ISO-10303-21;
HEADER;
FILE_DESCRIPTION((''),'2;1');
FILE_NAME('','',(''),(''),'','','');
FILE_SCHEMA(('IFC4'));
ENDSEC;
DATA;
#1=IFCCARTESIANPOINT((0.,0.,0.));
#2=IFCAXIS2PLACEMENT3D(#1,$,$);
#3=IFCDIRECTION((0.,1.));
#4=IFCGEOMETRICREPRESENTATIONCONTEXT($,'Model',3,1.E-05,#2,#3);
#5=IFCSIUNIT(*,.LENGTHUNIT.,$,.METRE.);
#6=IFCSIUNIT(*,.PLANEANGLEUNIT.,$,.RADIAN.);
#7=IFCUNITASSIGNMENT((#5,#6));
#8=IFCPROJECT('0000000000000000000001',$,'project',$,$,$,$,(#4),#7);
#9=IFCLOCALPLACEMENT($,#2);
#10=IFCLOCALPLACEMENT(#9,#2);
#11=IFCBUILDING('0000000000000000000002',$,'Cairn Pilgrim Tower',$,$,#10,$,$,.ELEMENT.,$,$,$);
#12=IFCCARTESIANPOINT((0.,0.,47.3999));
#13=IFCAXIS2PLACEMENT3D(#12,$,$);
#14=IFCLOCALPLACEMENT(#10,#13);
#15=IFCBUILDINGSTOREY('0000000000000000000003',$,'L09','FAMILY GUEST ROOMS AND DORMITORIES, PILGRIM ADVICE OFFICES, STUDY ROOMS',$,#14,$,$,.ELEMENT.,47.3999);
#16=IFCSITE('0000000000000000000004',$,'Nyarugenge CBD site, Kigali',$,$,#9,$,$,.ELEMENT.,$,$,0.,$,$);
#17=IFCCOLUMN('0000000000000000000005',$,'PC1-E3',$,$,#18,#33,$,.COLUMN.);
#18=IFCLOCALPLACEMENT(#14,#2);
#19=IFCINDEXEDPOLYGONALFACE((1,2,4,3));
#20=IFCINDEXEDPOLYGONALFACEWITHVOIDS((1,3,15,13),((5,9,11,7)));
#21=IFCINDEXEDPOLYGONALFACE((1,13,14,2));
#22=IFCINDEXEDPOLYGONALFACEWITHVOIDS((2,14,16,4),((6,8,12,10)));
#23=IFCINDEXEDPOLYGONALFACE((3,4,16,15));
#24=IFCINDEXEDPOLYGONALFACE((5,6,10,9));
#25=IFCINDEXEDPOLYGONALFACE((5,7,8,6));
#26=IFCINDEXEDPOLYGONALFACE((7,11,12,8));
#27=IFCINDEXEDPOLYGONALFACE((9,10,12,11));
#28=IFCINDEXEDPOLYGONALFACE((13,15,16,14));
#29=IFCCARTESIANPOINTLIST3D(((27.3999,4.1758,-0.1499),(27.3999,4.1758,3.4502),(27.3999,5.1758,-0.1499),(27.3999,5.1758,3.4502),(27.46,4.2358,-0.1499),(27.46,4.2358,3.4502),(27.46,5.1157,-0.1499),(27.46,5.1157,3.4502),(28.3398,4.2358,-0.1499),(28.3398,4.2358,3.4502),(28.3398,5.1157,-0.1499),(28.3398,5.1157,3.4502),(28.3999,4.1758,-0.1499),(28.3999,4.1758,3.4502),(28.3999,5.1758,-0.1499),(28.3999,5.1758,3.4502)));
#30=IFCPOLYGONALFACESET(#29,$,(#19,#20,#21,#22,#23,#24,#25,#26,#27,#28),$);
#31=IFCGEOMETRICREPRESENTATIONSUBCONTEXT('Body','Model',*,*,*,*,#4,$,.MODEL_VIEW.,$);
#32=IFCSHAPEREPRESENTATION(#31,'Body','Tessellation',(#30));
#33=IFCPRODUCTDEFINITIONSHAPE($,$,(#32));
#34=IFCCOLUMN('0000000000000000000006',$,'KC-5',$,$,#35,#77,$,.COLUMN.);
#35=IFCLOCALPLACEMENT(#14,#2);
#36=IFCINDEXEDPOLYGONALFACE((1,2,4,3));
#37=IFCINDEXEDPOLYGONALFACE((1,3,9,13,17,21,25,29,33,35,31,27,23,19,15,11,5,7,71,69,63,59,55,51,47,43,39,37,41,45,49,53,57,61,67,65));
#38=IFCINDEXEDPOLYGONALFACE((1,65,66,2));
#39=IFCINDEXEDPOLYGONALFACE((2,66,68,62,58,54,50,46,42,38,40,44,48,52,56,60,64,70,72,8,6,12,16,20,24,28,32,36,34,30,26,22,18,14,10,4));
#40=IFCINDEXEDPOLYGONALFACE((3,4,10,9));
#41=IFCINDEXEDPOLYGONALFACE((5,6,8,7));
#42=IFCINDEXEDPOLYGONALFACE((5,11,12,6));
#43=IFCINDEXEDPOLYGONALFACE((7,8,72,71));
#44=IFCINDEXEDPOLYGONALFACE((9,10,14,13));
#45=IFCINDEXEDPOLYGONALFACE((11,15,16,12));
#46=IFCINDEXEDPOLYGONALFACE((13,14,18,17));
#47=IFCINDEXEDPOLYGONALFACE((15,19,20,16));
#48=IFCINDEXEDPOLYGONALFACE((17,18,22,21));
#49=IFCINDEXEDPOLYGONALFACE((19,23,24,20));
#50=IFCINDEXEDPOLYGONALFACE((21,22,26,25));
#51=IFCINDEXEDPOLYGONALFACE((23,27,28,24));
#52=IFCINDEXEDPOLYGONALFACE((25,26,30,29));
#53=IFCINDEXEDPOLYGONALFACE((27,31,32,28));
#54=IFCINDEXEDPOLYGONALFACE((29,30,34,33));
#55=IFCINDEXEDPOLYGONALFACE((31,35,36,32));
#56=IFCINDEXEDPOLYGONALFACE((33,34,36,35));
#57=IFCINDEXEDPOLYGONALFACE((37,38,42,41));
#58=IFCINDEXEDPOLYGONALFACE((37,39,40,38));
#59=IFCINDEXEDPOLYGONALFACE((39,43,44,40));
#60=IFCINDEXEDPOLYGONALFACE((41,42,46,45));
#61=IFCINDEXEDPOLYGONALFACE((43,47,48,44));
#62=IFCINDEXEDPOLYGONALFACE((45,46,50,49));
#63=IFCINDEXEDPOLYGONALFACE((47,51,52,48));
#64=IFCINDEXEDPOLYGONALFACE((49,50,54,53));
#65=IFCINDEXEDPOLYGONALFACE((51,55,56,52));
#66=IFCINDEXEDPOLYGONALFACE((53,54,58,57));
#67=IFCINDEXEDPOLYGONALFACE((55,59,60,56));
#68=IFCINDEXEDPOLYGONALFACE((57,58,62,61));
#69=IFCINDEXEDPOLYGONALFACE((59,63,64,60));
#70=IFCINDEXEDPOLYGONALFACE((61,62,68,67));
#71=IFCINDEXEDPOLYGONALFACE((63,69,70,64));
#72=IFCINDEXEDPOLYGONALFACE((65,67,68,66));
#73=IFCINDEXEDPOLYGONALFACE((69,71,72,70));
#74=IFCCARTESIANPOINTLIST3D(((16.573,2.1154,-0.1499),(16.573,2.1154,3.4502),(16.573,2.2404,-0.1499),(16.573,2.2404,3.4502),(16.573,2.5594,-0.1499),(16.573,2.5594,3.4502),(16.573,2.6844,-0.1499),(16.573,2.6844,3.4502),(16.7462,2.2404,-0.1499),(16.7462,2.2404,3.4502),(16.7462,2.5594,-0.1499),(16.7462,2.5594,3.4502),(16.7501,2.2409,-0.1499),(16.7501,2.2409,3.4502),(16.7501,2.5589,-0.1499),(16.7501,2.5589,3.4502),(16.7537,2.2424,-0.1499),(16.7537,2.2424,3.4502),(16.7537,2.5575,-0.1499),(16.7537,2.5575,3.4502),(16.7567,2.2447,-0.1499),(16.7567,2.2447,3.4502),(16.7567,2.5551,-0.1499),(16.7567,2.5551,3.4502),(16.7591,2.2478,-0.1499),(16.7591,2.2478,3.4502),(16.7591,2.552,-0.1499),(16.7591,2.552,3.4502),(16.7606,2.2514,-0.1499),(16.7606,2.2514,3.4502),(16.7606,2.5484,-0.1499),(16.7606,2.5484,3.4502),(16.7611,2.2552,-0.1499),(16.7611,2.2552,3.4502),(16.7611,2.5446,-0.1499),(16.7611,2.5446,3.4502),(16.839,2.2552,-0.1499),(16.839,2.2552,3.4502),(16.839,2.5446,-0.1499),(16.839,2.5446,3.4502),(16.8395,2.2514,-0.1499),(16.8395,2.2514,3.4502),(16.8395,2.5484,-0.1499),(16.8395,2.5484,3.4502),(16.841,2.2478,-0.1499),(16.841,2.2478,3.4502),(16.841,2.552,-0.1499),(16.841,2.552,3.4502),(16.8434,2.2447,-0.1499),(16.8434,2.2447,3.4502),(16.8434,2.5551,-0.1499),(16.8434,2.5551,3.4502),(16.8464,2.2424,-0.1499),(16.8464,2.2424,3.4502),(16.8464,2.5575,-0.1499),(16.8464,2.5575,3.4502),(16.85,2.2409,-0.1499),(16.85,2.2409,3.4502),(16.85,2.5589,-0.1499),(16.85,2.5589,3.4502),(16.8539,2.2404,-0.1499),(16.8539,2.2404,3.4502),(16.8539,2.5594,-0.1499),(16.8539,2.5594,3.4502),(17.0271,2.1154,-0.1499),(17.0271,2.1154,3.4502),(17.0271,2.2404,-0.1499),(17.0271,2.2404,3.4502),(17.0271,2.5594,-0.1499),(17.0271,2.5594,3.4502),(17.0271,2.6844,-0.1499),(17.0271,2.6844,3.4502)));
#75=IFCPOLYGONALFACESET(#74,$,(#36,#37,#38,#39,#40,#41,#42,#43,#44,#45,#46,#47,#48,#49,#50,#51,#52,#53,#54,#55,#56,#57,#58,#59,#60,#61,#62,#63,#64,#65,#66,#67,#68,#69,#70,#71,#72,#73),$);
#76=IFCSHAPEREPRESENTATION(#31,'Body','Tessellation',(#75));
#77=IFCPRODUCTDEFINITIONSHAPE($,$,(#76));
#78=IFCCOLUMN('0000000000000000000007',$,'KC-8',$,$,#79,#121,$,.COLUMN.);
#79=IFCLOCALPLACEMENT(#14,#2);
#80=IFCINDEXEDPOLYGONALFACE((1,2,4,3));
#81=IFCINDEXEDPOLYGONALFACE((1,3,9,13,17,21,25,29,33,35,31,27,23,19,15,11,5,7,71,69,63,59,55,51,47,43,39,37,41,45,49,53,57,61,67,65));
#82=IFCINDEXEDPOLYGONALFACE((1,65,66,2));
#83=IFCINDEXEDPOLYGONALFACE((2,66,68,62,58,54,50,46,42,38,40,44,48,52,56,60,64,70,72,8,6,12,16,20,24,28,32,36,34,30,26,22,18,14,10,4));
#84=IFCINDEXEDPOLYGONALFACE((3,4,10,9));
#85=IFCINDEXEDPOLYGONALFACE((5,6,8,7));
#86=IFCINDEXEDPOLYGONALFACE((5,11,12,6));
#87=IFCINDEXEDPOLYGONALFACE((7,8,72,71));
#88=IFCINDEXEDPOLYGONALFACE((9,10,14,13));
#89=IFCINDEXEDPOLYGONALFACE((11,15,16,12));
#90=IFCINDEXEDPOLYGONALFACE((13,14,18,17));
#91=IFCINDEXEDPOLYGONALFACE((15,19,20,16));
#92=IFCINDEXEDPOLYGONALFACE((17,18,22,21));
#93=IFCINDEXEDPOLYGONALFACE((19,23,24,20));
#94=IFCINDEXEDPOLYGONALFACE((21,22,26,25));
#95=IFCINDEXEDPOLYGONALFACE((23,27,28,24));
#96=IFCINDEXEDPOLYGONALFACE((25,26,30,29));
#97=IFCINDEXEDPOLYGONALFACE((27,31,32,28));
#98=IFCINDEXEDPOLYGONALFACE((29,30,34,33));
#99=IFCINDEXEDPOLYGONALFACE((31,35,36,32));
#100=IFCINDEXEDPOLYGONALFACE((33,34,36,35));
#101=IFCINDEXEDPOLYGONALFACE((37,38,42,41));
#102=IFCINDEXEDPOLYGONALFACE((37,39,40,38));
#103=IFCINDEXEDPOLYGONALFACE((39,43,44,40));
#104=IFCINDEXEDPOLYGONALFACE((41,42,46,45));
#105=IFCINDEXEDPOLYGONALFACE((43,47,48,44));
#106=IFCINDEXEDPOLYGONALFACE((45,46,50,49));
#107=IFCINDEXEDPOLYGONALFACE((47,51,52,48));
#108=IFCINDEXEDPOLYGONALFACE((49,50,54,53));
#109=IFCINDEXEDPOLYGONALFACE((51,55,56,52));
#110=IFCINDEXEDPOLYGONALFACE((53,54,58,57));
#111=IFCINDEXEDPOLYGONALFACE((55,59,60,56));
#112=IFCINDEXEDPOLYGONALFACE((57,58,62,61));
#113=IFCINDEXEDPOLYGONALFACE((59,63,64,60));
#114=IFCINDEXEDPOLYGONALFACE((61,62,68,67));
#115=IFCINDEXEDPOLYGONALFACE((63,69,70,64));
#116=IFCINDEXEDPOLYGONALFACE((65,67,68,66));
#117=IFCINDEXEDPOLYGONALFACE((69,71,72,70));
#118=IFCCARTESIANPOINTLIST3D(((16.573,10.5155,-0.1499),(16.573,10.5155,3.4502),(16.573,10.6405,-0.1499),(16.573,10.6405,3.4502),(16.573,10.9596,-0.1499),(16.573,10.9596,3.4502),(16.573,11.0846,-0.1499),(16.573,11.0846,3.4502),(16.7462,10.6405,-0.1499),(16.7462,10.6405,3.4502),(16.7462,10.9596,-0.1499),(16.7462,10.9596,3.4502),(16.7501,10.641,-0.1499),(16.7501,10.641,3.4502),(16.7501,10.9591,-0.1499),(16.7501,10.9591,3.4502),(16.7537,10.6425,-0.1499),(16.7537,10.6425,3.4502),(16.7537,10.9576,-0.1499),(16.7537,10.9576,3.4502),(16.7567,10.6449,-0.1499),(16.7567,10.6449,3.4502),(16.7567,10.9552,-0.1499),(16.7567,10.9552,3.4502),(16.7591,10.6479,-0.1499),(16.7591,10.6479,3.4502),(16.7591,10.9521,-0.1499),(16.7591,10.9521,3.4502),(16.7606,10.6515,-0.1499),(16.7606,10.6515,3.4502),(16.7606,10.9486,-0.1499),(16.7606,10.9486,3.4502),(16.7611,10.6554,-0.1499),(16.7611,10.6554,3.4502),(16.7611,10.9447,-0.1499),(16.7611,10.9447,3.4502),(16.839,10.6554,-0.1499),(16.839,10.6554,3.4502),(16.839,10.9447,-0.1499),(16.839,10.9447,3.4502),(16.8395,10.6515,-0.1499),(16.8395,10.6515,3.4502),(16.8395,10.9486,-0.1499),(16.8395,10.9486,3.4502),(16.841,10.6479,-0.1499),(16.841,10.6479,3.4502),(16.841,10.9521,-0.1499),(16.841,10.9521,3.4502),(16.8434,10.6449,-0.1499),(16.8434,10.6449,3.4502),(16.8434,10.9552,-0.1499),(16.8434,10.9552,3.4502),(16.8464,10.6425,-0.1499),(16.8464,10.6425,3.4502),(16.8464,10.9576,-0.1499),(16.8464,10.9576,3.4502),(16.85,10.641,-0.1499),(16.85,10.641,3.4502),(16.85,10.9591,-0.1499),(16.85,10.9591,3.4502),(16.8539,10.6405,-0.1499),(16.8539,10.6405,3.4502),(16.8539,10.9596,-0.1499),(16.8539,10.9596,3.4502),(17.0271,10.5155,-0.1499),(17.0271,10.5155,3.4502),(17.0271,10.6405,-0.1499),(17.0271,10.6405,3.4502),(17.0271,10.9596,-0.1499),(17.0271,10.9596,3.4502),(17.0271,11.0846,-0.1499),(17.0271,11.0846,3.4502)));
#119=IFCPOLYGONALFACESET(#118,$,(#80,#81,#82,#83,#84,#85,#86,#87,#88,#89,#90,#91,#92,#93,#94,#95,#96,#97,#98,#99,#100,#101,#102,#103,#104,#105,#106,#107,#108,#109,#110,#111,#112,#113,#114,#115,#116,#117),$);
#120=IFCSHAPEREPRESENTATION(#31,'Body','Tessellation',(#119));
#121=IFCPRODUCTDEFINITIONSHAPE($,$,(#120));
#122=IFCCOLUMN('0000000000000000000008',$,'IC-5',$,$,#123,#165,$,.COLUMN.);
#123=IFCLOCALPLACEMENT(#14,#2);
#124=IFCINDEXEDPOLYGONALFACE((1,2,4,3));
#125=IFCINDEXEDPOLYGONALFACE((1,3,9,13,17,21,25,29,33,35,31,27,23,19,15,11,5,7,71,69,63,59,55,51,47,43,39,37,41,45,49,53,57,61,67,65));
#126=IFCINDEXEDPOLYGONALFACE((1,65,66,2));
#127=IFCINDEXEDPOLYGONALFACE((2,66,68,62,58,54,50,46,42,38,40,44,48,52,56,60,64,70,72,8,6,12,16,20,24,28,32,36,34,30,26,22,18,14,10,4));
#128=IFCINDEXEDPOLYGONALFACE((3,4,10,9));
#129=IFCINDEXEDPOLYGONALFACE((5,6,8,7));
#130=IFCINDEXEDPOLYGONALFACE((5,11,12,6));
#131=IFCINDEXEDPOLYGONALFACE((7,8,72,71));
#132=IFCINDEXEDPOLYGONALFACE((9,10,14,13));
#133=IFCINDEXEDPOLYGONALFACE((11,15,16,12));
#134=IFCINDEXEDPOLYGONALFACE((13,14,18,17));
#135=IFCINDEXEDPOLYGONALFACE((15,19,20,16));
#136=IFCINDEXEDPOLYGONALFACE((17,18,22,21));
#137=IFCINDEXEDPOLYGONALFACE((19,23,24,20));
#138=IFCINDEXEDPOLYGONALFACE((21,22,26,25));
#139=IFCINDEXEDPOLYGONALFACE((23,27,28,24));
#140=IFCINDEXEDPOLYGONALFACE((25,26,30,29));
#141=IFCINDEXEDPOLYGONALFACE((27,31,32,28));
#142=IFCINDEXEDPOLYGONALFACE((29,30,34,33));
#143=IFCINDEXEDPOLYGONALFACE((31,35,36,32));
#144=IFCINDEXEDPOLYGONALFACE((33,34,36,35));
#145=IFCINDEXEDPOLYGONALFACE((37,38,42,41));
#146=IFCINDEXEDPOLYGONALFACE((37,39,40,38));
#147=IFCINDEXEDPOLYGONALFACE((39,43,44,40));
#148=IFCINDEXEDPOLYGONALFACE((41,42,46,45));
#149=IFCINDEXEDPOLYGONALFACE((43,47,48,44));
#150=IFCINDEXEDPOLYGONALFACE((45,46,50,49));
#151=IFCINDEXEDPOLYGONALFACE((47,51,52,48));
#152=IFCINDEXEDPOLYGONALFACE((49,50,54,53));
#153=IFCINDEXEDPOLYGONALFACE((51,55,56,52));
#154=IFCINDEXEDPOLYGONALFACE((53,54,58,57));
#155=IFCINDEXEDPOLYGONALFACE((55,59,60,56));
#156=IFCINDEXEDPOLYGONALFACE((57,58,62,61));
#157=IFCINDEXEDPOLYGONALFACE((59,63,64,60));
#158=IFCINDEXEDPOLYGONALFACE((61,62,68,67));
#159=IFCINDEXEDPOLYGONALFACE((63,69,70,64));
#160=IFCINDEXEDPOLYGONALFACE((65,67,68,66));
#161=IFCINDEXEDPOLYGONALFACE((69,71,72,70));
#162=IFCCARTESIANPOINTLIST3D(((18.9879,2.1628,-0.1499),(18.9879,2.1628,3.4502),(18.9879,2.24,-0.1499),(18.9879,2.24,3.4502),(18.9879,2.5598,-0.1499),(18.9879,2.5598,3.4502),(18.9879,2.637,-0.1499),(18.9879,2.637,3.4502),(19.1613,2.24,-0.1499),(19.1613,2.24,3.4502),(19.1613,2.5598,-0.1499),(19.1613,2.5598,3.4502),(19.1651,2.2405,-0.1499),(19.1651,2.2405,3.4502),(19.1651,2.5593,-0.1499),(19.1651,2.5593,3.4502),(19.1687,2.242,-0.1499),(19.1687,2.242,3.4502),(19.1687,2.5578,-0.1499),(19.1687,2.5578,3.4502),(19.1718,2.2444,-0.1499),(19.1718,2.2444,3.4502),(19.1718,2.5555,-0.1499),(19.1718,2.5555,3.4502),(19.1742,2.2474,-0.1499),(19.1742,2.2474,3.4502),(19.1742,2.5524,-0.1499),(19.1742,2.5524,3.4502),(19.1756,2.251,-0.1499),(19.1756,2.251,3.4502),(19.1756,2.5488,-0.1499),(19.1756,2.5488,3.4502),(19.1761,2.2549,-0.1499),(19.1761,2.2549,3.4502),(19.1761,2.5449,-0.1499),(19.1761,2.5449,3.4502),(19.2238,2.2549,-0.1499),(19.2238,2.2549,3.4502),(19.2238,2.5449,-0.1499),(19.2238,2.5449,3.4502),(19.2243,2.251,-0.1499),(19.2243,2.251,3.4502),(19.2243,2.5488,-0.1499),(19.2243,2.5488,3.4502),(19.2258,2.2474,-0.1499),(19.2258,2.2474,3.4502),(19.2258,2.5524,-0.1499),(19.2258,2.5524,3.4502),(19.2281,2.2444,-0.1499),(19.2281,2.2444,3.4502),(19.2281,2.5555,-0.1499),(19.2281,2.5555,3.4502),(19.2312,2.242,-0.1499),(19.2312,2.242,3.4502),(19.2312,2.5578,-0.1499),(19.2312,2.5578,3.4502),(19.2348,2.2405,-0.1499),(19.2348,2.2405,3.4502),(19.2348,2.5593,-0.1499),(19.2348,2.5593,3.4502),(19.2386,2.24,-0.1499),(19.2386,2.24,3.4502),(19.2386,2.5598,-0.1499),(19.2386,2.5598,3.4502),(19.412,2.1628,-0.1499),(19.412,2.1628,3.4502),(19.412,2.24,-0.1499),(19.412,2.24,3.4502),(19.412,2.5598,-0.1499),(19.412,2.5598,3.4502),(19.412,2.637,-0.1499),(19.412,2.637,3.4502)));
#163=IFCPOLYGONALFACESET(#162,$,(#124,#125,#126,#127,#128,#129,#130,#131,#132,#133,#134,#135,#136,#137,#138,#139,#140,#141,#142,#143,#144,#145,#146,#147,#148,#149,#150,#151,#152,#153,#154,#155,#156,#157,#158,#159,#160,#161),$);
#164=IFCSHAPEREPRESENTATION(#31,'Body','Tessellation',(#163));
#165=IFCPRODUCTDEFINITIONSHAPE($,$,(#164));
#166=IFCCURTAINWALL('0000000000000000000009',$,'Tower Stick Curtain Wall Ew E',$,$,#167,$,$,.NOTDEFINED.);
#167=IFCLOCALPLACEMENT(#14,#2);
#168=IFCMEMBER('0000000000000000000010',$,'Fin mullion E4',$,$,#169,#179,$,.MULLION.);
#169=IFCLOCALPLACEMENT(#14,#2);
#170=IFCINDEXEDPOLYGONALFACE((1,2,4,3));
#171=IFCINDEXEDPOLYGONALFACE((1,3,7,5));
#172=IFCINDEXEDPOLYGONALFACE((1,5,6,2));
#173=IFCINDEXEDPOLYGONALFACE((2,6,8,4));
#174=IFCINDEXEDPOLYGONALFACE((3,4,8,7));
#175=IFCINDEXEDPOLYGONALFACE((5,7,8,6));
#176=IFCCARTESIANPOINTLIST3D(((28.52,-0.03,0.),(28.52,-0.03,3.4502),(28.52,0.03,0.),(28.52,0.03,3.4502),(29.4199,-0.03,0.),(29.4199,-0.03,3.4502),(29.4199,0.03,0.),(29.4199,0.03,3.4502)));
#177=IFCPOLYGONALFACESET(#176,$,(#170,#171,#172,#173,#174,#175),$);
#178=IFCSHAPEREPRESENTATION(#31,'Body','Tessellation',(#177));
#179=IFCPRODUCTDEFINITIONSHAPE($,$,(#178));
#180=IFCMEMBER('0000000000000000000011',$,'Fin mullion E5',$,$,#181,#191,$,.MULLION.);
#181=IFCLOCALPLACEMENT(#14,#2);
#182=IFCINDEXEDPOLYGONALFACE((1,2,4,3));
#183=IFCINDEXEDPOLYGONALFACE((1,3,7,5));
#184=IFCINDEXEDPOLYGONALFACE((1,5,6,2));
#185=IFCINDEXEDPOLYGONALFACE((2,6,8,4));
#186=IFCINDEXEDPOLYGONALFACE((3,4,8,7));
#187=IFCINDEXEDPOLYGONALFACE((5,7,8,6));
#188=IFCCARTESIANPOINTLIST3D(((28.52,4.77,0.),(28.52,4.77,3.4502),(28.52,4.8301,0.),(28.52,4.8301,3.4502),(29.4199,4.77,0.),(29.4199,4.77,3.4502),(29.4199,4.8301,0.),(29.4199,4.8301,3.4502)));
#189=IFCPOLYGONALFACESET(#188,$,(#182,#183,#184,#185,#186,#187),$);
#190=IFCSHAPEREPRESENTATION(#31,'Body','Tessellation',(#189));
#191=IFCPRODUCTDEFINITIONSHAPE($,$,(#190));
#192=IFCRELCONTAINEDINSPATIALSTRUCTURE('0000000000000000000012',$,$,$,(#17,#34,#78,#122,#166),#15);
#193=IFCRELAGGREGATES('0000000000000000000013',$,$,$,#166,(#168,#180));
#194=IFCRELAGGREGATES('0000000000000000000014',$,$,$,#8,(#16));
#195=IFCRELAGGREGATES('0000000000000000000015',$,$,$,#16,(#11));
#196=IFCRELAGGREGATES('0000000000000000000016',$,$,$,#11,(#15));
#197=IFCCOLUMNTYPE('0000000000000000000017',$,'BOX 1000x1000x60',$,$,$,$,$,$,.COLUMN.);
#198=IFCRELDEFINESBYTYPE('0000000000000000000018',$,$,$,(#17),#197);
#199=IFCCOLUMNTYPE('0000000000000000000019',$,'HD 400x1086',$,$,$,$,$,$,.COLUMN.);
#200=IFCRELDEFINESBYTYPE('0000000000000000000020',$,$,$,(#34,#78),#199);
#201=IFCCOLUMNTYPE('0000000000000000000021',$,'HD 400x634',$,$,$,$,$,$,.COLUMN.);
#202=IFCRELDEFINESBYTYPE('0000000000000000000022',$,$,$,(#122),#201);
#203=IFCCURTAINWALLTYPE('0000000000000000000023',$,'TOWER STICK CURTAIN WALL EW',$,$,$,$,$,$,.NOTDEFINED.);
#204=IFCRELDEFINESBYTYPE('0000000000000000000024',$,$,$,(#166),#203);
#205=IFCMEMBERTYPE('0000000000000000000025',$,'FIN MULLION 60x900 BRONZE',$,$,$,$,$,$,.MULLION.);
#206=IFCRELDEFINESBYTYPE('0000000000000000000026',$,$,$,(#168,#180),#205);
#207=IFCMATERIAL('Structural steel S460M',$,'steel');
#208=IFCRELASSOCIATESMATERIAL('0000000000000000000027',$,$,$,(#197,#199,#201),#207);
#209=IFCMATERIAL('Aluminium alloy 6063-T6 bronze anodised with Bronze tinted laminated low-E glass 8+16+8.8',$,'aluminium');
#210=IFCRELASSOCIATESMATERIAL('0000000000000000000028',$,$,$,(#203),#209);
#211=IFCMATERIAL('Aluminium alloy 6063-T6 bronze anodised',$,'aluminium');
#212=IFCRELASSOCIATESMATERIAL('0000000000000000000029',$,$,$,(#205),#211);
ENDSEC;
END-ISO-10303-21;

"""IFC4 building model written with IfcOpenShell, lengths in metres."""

from ifc_helpers import new_model, si_unit, direction, frame, origin, origin_2d, place, context, subcontext, project, spatial, rectangle, hollow_rectangle, i_section, extrude, material, material_profile, profile_set, type_object, element, aggregate, save


model = new_model("IFC4")

# Units and contexts
model_context = context("Model", 3, precision=1e-05, world=origin(), true_north=direction((0.0, 1.0)))
body_context = subcontext(model_context, "Body", "Model", "MODEL_VIEW")
ifc_project = project(units=[si_unit("LENGTHUNIT", "METRE"), si_unit("PLANEANGLEUNIT", "RADIAN")], contexts=[model_context])

# Site, building, storey
site_placement = place(None, origin())
site = spatial("IfcSite", under=ifc_project, at=site_placement, Name="Nyarugenge CBD site, Kigali", CompositionType="ELEMENT", RefElevation=0.0)
building_placement = place(site_placement, origin())
building = spatial("IfcBuilding", under=site, at=building_placement, Name="Cairn Pilgrim Tower", CompositionType="ELEMENT")
storey_placement = place(building_placement, frame((0.0, 0.0, 47.3999)))
storey = spatial("IfcBuildingStorey", under=building, at=storey_placement, Name="L09", Description="FAMILY GUEST ROOMS AND DORMITORIES, PILGRIM ADVICE OFFICES, STUDY ROOMS", CompositionType="ELEMENT", Elevation=47.3999)

# Columns
ifc_material_1 = material(Name="Structural steel S460M", Category="steel")
ifc_material_profile_1 = material_profile(ifc_material_1, hollow_rectangle(XDim=1.0, YDim=1.0, WallThickness=0.0601, at=origin_2d()), Name="BOX 1000x1000x60")
ifc_profile_set_1 = profile_set([ifc_material_profile_1], Name="Structural steel S460M")
column_type_1 = type_object("IfcColumnType", Name="BOX 1000x1000x60", PredefinedType="COLUMN", material=ifc_profile_set_1)
column_1_placement = place(storey_placement, frame((27.8999, 4.6758, -0.1499), z_axis=(0.0, 0.0, 1.0), x_axis=(1.0, 0.0, 0.0)))
element("IfcColumn", 1, at=column_1_placement, inside=storey, type_object=column_type_1, Name="PC1-E3", PredefinedType="COLUMN", context=body_context, shape_type="SweptSolid", body=[
    extrude(hollow_rectangle(XDim=1.0, YDim=1.0, WallThickness=0.0601, at=origin_2d()), origin(), (0.0, 0.0, 1.0), 3.6001),
])
ifc_material_profile_2 = material_profile(ifc_material_1, i_section(OverallWidth=0.4541, OverallDepth=0.5691, WebThickness=0.0779, FlangeThickness=0.125, FilletRadius=0.0149, at=origin_2d()), Name="HD 400x1086")
ifc_profile_set_2 = profile_set([ifc_material_profile_2], Name="Structural steel S460M")
column_type_2 = type_object("IfcColumnType", Name="HD 400x1086", PredefinedType="COLUMN", material=ifc_profile_set_2)
for number, where, z_axis, x_axis, name in (
    (2, (16.8, 2.3999, -0.1499), (0.0, 0.0, 1.0), (1.0, 0.0, 0.0), "KC-5"),
    (3, (16.8, 10.8, -0.1499), (0.0, 0.0, 1.0), (1.0, 0.0, 0.0), "KC-8"),
):
    element("IfcColumn", number, at=place(storey_placement, frame(where, z_axis=z_axis, x_axis=x_axis)), inside=storey, type_object=column_type_2, Name=name, PredefinedType="COLUMN", context=body_context, shape_type="SweptSolid", body=[
        extrude(i_section(OverallWidth=0.4541, OverallDepth=0.5691, WebThickness=0.0779, FlangeThickness=0.125, FilletRadius=0.0149, at=origin_2d()), origin(), (0.0, 0.0, 1.0), 3.6001),
    ])
ifc_material_profile_3 = material_profile(ifc_material_1, i_section(OverallWidth=0.4241, OverallDepth=0.4741, WebThickness=0.0476, FlangeThickness=0.0771, FilletRadius=0.0149, at=origin_2d()), Name="HD 400x634")
ifc_profile_set_3 = profile_set([ifc_material_profile_3], Name="Structural steel S460M")
column_type_3 = type_object("IfcColumnType", Name="HD 400x634", PredefinedType="COLUMN", material=ifc_profile_set_3)
column_2_placement = place(storey_placement, frame((19.2, 2.3999, -0.1499), z_axis=(0.0, 0.0, 1.0), x_axis=(1.0, 0.0, 0.0)))
element("IfcColumn", 4, at=column_2_placement, inside=storey, type_object=column_type_3, Name="IC-5", PredefinedType="COLUMN", context=body_context, shape_type="SweptSolid", body=[
    extrude(i_section(OverallWidth=0.4241, OverallDepth=0.4741, WebThickness=0.0476, FlangeThickness=0.0771, FilletRadius=0.0149, at=origin_2d()), origin(), (0.0, 0.0, 1.0), 3.6001),
])

# Curtain wall, members
ifc_material_2 = material(Name="Aluminium alloy 6063-T6 bronze anodised with Bronze tinted laminated low-E glass 8+16+8.8", Category="aluminium")
curtain_wall_type = type_object("IfcCurtainWallType", Name="TOWER STICK CURTAIN WALL EW", PredefinedType="NOTDEFINED", material=ifc_material_2)
curtain_wall_placement = place(storey_placement, origin())
curtain_wall = element("IfcCurtainWall", 5, at=curtain_wall_placement, inside=storey, type_object=curtain_wall_type, Name="Tower Stick Curtain Wall Ew E", PredefinedType="NOTDEFINED")
ifc_material_3 = material(Name="Aluminium alloy 6063-T6 bronze anodised", Category="aluminium")
ifc_material_profile_4 = material_profile(ifc_material_3, rectangle(XDim=0.8999, YDim=0.0601, at=origin_2d()), Name="FIN MULLION 60x900 BRONZE")
ifc_profile_set_4 = profile_set([ifc_material_profile_4], Name="Aluminium alloy 6063-T6 bronze anodised")
member_type_1 = type_object("IfcMemberType", Name="FIN MULLION 60x900 BRONZE", PredefinedType="MULLION", material=ifc_profile_set_4)
member_1_placement = place(storey_placement, frame((28.97, 0.0, 0.0), z_axis=(0.0, 0.0, 1.0), x_axis=(1.0, 0.0, 0.0)))
member_1 = element("IfcMember", 6, at=member_1_placement, type_object=member_type_1, Name="Fin mullion E4", PredefinedType="MULLION", context=body_context, shape_type="SweptSolid", body=[
    extrude(rectangle(XDim=0.8999, YDim=0.0601, at=origin_2d()), origin(), (0.0, 0.0, 1.0), 3.4502),
])
member_2_placement = place(storey_placement, frame((28.97, 4.8, 0.0), z_axis=(0.0, 0.0, 1.0), x_axis=(1.0, 0.0, 0.0)))
member_2 = element("IfcMember", 7, at=member_2_placement, type_object=member_type_1, Name="Fin mullion E5", PredefinedType="MULLION", context=body_context, shape_type="SweptSolid", body=[
    extrude(rectangle(XDim=0.8999, YDim=0.0601, at=origin_2d()), origin(), (0.0, 0.0, 1.0), 3.4502),
])

aggregate(curtain_wall, [member_1, member_2])

save(model, "model.ifc")
